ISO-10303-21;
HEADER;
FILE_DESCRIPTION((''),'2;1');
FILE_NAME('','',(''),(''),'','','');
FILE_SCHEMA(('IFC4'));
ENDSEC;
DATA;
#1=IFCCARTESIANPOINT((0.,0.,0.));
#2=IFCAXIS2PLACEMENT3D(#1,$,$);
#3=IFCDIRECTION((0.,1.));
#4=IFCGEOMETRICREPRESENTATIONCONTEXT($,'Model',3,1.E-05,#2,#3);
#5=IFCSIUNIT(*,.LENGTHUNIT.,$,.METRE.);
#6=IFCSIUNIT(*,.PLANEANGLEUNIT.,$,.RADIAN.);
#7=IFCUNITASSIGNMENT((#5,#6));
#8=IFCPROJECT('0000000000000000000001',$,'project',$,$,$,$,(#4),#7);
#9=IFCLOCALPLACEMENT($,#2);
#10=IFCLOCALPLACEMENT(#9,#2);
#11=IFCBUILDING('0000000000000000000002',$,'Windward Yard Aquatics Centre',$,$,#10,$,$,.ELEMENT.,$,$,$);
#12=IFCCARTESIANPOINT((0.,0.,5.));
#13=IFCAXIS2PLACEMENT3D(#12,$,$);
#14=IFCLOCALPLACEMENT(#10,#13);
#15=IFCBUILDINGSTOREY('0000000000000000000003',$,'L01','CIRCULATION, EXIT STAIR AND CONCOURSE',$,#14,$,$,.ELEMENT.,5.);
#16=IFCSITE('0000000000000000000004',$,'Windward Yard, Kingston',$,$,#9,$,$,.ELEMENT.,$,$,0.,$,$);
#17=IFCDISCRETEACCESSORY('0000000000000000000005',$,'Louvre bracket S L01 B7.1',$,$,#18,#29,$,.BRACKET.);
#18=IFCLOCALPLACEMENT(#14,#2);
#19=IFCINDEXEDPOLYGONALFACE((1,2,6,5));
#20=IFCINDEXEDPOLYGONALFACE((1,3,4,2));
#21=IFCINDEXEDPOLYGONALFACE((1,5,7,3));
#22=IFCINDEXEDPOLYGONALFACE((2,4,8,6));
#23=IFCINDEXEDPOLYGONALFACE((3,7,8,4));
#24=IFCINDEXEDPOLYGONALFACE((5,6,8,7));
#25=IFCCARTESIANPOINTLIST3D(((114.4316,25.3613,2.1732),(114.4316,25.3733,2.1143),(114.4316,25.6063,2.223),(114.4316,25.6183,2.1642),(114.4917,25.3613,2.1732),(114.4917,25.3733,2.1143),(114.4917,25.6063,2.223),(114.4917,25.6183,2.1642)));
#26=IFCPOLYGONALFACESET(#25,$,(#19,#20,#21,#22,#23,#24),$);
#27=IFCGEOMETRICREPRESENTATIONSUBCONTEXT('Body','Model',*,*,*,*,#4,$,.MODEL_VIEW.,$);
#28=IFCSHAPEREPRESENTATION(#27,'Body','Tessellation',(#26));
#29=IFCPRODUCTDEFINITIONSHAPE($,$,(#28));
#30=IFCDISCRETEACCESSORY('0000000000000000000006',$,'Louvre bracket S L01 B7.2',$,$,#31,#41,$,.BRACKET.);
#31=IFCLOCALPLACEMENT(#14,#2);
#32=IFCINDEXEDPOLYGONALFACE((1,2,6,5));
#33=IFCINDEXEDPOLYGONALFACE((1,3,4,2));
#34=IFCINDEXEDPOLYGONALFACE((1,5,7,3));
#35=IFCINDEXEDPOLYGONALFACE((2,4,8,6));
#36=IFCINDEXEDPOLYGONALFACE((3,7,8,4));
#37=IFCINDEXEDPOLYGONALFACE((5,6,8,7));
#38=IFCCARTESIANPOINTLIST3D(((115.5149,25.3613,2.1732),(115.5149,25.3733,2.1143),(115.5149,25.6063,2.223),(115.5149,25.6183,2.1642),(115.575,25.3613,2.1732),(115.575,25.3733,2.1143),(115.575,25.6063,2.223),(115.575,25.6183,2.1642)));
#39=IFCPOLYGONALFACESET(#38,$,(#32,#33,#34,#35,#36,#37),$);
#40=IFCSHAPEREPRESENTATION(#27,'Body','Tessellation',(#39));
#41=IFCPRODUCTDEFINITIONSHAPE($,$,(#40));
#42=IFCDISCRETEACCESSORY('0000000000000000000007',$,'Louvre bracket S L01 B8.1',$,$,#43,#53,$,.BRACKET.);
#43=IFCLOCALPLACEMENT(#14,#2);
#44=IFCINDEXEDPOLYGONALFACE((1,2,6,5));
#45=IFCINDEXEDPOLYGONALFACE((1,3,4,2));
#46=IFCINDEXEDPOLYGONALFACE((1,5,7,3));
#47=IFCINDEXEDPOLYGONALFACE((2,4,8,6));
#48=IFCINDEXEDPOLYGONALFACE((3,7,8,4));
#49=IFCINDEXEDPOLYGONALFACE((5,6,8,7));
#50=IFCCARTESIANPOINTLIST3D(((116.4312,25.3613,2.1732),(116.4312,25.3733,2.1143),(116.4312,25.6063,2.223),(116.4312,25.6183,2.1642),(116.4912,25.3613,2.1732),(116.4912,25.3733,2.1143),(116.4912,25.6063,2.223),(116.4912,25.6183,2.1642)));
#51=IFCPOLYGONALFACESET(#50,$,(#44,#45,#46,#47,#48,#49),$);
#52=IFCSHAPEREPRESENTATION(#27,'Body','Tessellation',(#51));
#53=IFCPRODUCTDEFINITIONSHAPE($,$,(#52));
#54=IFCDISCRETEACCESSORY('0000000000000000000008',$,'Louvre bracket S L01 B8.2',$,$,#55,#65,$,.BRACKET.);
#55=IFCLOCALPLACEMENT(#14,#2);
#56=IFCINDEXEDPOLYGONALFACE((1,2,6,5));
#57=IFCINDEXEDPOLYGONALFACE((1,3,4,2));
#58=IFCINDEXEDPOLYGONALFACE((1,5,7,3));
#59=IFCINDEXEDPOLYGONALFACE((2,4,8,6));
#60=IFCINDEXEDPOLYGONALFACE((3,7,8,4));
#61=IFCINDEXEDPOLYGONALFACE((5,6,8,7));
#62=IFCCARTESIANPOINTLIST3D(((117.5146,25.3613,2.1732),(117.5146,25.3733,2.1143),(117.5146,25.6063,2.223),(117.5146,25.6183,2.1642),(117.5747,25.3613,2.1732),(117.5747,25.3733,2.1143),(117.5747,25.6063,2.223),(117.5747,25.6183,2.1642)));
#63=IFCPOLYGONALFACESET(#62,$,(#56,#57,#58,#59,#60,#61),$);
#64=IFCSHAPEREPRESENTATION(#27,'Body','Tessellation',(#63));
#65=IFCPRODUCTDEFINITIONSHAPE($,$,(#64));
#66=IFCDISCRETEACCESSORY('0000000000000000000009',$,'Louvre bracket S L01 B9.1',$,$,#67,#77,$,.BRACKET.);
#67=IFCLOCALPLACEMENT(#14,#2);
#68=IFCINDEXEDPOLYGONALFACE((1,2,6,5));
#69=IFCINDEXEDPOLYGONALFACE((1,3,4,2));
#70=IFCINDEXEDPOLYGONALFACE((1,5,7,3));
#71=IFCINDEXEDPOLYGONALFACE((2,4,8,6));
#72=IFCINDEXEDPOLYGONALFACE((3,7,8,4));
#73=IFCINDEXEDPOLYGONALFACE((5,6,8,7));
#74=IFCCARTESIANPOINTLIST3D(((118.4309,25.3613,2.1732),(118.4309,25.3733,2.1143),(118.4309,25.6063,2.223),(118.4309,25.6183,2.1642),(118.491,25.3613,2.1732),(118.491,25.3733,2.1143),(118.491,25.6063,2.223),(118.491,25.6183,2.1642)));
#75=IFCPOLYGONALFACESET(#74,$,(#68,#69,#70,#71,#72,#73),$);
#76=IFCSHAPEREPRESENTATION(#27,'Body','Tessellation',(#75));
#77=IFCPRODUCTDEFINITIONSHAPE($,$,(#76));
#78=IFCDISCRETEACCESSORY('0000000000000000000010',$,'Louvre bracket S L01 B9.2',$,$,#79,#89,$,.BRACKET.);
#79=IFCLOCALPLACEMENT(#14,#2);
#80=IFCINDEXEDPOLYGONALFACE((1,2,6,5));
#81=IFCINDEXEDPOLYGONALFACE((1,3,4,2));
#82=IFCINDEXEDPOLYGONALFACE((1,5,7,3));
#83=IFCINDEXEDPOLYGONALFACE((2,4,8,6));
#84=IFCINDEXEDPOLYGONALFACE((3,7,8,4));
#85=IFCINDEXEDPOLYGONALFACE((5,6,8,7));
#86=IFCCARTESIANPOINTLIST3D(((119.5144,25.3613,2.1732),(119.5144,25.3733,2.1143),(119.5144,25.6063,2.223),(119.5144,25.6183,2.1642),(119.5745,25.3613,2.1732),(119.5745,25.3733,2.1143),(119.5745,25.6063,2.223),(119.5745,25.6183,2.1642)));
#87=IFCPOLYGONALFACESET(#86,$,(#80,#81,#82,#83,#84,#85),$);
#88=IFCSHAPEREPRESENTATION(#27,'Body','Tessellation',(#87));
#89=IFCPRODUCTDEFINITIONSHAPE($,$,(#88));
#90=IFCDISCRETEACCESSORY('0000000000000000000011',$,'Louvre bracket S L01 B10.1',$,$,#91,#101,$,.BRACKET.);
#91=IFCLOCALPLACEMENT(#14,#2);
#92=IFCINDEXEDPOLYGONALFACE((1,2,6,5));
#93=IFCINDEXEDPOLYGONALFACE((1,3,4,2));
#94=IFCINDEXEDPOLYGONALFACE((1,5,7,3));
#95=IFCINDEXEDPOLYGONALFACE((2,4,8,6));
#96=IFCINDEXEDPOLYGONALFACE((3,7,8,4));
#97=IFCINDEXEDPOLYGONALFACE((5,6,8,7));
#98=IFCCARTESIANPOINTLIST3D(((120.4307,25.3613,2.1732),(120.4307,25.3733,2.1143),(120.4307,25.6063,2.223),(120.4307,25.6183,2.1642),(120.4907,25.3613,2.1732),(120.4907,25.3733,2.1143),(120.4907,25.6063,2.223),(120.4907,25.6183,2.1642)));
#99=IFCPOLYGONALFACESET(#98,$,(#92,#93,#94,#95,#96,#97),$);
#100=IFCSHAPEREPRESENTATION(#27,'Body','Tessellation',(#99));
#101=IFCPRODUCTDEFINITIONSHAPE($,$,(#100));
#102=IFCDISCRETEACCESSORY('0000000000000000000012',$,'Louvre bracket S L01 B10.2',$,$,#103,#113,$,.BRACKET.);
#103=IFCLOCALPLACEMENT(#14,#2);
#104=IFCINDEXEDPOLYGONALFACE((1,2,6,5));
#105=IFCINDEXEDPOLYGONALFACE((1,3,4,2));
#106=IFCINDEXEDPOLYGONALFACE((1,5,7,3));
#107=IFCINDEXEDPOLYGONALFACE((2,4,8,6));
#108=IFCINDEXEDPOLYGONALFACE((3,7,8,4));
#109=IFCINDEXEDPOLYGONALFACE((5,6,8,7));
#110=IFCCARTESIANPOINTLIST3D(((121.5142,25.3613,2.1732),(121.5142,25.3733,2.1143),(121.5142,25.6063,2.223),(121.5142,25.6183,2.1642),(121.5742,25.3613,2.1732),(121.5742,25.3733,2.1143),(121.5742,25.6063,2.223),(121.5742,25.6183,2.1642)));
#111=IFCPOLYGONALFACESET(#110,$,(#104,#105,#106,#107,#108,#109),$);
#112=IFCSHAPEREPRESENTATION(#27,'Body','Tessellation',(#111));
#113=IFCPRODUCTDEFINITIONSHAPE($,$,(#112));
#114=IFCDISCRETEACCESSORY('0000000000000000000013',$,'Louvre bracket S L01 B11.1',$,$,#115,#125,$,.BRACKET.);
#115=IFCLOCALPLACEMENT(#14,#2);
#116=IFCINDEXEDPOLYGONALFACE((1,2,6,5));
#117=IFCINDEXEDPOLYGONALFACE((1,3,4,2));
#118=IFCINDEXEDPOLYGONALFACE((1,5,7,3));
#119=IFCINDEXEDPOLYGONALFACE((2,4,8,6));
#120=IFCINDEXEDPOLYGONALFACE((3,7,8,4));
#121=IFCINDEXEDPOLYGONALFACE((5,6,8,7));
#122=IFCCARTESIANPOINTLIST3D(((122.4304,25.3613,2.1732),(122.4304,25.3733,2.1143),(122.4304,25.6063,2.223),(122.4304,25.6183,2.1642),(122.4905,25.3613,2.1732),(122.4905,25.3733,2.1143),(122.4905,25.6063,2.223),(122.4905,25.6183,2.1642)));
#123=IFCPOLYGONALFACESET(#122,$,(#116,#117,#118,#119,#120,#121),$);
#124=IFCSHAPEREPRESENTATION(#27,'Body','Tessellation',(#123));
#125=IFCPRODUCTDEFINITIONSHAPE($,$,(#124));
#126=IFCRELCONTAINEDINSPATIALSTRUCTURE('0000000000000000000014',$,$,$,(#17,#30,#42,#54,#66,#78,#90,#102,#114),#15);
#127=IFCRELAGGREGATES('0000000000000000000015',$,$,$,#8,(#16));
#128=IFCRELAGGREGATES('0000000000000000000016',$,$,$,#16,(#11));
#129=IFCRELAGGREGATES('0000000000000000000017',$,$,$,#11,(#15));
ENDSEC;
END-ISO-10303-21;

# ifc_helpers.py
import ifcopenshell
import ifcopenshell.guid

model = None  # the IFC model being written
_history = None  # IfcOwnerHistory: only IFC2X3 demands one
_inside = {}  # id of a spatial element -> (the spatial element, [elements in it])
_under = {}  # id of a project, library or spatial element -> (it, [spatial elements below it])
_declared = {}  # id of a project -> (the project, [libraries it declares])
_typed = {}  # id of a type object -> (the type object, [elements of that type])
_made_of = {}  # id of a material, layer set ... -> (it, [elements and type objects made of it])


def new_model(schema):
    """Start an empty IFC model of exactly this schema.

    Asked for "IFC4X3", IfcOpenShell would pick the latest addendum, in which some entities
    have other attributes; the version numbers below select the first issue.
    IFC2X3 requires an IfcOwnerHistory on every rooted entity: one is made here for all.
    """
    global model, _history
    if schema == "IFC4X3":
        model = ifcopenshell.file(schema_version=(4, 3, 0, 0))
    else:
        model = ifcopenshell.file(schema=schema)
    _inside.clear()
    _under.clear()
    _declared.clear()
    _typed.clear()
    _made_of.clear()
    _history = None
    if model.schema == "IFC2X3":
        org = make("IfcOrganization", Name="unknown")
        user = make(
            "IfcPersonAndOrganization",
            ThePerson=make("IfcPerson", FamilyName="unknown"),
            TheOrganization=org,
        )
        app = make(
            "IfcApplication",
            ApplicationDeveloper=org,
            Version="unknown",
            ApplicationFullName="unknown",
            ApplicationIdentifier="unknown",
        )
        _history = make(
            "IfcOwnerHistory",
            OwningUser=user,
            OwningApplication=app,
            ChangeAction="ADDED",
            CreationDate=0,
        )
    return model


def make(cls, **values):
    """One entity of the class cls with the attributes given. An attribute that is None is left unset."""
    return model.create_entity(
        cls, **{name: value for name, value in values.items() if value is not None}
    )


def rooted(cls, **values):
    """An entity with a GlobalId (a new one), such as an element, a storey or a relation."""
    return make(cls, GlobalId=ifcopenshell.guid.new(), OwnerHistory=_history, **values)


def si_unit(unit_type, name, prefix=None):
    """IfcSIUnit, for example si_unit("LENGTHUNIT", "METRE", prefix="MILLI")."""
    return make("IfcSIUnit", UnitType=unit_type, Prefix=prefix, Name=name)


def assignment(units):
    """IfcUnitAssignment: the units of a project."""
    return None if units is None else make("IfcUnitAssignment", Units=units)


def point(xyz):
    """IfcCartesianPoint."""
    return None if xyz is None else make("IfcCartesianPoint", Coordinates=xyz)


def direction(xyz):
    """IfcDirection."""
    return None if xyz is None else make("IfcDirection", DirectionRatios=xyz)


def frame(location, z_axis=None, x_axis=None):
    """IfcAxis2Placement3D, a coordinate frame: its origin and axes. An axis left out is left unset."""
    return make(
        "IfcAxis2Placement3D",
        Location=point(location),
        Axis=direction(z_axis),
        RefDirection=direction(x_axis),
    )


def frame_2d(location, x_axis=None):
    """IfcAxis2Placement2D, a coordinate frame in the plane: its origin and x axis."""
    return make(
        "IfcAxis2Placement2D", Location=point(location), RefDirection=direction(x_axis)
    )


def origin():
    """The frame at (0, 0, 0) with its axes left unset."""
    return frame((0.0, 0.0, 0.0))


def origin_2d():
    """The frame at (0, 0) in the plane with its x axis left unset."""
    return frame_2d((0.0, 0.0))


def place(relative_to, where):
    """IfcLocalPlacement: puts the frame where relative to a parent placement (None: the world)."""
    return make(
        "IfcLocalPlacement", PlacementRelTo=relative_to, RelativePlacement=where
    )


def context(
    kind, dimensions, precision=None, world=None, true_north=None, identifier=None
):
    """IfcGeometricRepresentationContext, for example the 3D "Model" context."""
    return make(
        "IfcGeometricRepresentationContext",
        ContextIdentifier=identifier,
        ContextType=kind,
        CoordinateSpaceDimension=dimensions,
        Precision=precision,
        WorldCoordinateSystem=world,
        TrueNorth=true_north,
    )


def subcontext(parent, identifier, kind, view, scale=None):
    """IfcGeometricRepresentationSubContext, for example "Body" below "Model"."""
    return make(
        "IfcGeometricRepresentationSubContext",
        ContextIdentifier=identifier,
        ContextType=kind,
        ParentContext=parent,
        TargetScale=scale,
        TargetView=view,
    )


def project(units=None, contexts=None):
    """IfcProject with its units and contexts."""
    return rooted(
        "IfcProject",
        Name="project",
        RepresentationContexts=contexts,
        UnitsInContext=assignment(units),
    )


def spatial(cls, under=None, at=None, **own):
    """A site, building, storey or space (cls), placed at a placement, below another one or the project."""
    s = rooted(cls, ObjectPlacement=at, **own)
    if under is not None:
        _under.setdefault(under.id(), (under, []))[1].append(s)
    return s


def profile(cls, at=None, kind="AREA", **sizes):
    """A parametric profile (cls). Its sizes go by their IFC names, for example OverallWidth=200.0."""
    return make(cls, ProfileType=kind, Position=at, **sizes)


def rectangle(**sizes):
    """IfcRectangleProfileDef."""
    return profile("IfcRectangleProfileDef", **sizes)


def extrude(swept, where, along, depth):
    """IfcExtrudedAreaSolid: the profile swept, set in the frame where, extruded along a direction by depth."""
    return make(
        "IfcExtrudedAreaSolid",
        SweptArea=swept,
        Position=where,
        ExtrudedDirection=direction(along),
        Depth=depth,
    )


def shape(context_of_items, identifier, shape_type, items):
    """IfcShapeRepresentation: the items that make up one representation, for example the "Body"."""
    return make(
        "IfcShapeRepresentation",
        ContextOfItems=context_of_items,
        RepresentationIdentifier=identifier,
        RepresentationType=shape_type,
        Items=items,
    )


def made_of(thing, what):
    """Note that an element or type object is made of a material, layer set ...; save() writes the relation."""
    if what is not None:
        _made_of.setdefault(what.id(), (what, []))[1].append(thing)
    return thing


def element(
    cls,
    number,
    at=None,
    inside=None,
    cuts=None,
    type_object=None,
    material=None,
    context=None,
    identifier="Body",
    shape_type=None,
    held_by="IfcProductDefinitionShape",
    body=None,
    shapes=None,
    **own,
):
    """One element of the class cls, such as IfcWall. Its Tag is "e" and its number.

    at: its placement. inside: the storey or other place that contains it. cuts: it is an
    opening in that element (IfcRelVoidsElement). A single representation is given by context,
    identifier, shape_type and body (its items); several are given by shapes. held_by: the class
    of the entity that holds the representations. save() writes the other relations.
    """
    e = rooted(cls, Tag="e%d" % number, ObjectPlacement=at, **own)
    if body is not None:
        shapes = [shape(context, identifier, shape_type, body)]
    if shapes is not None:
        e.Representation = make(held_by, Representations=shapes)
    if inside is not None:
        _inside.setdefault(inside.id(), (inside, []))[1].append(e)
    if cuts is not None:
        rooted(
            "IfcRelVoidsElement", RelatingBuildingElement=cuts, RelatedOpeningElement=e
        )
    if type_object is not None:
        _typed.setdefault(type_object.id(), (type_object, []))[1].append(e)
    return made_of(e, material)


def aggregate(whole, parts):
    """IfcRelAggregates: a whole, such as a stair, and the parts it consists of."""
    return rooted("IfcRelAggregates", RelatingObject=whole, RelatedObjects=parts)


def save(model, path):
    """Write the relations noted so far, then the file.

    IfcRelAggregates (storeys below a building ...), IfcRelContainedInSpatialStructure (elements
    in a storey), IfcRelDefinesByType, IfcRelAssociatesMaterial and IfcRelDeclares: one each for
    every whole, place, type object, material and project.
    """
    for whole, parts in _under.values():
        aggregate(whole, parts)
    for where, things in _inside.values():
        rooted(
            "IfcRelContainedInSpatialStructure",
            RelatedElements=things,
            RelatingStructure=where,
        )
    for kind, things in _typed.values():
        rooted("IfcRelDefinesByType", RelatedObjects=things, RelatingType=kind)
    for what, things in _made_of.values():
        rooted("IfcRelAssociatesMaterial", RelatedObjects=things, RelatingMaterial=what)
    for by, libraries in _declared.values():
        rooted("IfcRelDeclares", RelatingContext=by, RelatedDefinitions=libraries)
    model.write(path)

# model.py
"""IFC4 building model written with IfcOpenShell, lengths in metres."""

from ifc_helpers import new_model, si_unit, direction, frame, origin, origin_2d, place, context, subcontext, project, spatial, rectangle, extrude, element, save


model = new_model("IFC4")

# Units and contexts
model_context = context("Model", 3, precision=1e-05, world=origin(), true_north=direction((0.0, 1.0)))
body_context = subcontext(model_context, "Body", "Model", "MODEL_VIEW")
ifc_project = project(units=[si_unit("LENGTHUNIT", "METRE"), si_unit("PLANEANGLEUNIT", "RADIAN")], contexts=[model_context])

# Site, building, storey
site_placement = place(None, origin())
site = spatial("IfcSite", under=ifc_project, at=site_placement, Name="Windward Yard, Kingston", CompositionType="ELEMENT", RefElevation=0.0)
building_placement = place(site_placement, origin())
building = spatial("IfcBuilding", under=site, at=building_placement, Name="Windward Yard Aquatics Centre", CompositionType="ELEMENT")
storey_placement = place(building_placement, frame((0.0, 0.0, 5.0)))
storey = spatial("IfcBuildingStorey", under=building, at=storey_placement, Name="L01", Description="CIRCULATION, EXIT STAIR AND CONCOURSE", CompositionType="ELEMENT", Elevation=5.0)

# Discrete accessories
for number, where, z_axis, x_axis, name in (
    (1, (114.4617, 25.6123, 2.1936), (0.0, -0.979937, -0.199309), (1.0, 0.0, 0.0), "Louvre bracket S L01 B7.1"),
    (2, (115.5449, 25.6123, 2.1936), (0.0, -0.979937, -0.199309), (1.0, 0.0, 0.0), "Louvre bracket S L01 B7.2"),
    (3, (116.4612, 25.6123, 2.1936), (0.0, -0.979937, -0.199309), (1.0, 0.0, 0.0), "Louvre bracket S L01 B8.1"),
    (4, (117.5447, 25.6123, 2.1936), (0.0, -0.979937, -0.199309), (1.0, 0.0, 0.0), "Louvre bracket S L01 B8.2"),
    (5, (118.4609, 25.6123, 2.1936), (0.0, -0.979937, -0.199309), (1.0, 0.0, 0.0), "Louvre bracket S L01 B9.1"),
    (6, (119.5444, 25.6123, 2.1936), (0.0, -0.979937, -0.199309), (1.0, 0.0, 0.0), "Louvre bracket S L01 B9.2"),
    (7, (120.4607, 25.6123, 2.1936), (0.0, -0.979937, -0.199309), (1.0, 0.0, 0.0), "Louvre bracket S L01 B10.1"),
    (8, (121.5442, 25.6123, 2.1936), (0.0, -0.979937, -0.199309), (1.0, 0.0, 0.0), "Louvre bracket S L01 B10.2"),
    (9, (122.4604, 25.6123, 2.1936), (0.0, -0.979937, -0.199309), (1.0, 0.0, 0.0), "Louvre bracket S L01 B11.1"),
):
    element("IfcDiscreteAccessory", number, at=place(storey_placement, frame(where, z_axis=z_axis, x_axis=x_axis)), inside=storey, Name=name, PredefinedType="BRACKET", context=body_context, shape_type="SweptSolid", body=[
        extrude(rectangle(XDim=0.0601, YDim=0.0601, at=origin_2d()), origin(), (0.0, 0.0, 1.0), 0.25),
    ])

save(model, "model.ifc")
